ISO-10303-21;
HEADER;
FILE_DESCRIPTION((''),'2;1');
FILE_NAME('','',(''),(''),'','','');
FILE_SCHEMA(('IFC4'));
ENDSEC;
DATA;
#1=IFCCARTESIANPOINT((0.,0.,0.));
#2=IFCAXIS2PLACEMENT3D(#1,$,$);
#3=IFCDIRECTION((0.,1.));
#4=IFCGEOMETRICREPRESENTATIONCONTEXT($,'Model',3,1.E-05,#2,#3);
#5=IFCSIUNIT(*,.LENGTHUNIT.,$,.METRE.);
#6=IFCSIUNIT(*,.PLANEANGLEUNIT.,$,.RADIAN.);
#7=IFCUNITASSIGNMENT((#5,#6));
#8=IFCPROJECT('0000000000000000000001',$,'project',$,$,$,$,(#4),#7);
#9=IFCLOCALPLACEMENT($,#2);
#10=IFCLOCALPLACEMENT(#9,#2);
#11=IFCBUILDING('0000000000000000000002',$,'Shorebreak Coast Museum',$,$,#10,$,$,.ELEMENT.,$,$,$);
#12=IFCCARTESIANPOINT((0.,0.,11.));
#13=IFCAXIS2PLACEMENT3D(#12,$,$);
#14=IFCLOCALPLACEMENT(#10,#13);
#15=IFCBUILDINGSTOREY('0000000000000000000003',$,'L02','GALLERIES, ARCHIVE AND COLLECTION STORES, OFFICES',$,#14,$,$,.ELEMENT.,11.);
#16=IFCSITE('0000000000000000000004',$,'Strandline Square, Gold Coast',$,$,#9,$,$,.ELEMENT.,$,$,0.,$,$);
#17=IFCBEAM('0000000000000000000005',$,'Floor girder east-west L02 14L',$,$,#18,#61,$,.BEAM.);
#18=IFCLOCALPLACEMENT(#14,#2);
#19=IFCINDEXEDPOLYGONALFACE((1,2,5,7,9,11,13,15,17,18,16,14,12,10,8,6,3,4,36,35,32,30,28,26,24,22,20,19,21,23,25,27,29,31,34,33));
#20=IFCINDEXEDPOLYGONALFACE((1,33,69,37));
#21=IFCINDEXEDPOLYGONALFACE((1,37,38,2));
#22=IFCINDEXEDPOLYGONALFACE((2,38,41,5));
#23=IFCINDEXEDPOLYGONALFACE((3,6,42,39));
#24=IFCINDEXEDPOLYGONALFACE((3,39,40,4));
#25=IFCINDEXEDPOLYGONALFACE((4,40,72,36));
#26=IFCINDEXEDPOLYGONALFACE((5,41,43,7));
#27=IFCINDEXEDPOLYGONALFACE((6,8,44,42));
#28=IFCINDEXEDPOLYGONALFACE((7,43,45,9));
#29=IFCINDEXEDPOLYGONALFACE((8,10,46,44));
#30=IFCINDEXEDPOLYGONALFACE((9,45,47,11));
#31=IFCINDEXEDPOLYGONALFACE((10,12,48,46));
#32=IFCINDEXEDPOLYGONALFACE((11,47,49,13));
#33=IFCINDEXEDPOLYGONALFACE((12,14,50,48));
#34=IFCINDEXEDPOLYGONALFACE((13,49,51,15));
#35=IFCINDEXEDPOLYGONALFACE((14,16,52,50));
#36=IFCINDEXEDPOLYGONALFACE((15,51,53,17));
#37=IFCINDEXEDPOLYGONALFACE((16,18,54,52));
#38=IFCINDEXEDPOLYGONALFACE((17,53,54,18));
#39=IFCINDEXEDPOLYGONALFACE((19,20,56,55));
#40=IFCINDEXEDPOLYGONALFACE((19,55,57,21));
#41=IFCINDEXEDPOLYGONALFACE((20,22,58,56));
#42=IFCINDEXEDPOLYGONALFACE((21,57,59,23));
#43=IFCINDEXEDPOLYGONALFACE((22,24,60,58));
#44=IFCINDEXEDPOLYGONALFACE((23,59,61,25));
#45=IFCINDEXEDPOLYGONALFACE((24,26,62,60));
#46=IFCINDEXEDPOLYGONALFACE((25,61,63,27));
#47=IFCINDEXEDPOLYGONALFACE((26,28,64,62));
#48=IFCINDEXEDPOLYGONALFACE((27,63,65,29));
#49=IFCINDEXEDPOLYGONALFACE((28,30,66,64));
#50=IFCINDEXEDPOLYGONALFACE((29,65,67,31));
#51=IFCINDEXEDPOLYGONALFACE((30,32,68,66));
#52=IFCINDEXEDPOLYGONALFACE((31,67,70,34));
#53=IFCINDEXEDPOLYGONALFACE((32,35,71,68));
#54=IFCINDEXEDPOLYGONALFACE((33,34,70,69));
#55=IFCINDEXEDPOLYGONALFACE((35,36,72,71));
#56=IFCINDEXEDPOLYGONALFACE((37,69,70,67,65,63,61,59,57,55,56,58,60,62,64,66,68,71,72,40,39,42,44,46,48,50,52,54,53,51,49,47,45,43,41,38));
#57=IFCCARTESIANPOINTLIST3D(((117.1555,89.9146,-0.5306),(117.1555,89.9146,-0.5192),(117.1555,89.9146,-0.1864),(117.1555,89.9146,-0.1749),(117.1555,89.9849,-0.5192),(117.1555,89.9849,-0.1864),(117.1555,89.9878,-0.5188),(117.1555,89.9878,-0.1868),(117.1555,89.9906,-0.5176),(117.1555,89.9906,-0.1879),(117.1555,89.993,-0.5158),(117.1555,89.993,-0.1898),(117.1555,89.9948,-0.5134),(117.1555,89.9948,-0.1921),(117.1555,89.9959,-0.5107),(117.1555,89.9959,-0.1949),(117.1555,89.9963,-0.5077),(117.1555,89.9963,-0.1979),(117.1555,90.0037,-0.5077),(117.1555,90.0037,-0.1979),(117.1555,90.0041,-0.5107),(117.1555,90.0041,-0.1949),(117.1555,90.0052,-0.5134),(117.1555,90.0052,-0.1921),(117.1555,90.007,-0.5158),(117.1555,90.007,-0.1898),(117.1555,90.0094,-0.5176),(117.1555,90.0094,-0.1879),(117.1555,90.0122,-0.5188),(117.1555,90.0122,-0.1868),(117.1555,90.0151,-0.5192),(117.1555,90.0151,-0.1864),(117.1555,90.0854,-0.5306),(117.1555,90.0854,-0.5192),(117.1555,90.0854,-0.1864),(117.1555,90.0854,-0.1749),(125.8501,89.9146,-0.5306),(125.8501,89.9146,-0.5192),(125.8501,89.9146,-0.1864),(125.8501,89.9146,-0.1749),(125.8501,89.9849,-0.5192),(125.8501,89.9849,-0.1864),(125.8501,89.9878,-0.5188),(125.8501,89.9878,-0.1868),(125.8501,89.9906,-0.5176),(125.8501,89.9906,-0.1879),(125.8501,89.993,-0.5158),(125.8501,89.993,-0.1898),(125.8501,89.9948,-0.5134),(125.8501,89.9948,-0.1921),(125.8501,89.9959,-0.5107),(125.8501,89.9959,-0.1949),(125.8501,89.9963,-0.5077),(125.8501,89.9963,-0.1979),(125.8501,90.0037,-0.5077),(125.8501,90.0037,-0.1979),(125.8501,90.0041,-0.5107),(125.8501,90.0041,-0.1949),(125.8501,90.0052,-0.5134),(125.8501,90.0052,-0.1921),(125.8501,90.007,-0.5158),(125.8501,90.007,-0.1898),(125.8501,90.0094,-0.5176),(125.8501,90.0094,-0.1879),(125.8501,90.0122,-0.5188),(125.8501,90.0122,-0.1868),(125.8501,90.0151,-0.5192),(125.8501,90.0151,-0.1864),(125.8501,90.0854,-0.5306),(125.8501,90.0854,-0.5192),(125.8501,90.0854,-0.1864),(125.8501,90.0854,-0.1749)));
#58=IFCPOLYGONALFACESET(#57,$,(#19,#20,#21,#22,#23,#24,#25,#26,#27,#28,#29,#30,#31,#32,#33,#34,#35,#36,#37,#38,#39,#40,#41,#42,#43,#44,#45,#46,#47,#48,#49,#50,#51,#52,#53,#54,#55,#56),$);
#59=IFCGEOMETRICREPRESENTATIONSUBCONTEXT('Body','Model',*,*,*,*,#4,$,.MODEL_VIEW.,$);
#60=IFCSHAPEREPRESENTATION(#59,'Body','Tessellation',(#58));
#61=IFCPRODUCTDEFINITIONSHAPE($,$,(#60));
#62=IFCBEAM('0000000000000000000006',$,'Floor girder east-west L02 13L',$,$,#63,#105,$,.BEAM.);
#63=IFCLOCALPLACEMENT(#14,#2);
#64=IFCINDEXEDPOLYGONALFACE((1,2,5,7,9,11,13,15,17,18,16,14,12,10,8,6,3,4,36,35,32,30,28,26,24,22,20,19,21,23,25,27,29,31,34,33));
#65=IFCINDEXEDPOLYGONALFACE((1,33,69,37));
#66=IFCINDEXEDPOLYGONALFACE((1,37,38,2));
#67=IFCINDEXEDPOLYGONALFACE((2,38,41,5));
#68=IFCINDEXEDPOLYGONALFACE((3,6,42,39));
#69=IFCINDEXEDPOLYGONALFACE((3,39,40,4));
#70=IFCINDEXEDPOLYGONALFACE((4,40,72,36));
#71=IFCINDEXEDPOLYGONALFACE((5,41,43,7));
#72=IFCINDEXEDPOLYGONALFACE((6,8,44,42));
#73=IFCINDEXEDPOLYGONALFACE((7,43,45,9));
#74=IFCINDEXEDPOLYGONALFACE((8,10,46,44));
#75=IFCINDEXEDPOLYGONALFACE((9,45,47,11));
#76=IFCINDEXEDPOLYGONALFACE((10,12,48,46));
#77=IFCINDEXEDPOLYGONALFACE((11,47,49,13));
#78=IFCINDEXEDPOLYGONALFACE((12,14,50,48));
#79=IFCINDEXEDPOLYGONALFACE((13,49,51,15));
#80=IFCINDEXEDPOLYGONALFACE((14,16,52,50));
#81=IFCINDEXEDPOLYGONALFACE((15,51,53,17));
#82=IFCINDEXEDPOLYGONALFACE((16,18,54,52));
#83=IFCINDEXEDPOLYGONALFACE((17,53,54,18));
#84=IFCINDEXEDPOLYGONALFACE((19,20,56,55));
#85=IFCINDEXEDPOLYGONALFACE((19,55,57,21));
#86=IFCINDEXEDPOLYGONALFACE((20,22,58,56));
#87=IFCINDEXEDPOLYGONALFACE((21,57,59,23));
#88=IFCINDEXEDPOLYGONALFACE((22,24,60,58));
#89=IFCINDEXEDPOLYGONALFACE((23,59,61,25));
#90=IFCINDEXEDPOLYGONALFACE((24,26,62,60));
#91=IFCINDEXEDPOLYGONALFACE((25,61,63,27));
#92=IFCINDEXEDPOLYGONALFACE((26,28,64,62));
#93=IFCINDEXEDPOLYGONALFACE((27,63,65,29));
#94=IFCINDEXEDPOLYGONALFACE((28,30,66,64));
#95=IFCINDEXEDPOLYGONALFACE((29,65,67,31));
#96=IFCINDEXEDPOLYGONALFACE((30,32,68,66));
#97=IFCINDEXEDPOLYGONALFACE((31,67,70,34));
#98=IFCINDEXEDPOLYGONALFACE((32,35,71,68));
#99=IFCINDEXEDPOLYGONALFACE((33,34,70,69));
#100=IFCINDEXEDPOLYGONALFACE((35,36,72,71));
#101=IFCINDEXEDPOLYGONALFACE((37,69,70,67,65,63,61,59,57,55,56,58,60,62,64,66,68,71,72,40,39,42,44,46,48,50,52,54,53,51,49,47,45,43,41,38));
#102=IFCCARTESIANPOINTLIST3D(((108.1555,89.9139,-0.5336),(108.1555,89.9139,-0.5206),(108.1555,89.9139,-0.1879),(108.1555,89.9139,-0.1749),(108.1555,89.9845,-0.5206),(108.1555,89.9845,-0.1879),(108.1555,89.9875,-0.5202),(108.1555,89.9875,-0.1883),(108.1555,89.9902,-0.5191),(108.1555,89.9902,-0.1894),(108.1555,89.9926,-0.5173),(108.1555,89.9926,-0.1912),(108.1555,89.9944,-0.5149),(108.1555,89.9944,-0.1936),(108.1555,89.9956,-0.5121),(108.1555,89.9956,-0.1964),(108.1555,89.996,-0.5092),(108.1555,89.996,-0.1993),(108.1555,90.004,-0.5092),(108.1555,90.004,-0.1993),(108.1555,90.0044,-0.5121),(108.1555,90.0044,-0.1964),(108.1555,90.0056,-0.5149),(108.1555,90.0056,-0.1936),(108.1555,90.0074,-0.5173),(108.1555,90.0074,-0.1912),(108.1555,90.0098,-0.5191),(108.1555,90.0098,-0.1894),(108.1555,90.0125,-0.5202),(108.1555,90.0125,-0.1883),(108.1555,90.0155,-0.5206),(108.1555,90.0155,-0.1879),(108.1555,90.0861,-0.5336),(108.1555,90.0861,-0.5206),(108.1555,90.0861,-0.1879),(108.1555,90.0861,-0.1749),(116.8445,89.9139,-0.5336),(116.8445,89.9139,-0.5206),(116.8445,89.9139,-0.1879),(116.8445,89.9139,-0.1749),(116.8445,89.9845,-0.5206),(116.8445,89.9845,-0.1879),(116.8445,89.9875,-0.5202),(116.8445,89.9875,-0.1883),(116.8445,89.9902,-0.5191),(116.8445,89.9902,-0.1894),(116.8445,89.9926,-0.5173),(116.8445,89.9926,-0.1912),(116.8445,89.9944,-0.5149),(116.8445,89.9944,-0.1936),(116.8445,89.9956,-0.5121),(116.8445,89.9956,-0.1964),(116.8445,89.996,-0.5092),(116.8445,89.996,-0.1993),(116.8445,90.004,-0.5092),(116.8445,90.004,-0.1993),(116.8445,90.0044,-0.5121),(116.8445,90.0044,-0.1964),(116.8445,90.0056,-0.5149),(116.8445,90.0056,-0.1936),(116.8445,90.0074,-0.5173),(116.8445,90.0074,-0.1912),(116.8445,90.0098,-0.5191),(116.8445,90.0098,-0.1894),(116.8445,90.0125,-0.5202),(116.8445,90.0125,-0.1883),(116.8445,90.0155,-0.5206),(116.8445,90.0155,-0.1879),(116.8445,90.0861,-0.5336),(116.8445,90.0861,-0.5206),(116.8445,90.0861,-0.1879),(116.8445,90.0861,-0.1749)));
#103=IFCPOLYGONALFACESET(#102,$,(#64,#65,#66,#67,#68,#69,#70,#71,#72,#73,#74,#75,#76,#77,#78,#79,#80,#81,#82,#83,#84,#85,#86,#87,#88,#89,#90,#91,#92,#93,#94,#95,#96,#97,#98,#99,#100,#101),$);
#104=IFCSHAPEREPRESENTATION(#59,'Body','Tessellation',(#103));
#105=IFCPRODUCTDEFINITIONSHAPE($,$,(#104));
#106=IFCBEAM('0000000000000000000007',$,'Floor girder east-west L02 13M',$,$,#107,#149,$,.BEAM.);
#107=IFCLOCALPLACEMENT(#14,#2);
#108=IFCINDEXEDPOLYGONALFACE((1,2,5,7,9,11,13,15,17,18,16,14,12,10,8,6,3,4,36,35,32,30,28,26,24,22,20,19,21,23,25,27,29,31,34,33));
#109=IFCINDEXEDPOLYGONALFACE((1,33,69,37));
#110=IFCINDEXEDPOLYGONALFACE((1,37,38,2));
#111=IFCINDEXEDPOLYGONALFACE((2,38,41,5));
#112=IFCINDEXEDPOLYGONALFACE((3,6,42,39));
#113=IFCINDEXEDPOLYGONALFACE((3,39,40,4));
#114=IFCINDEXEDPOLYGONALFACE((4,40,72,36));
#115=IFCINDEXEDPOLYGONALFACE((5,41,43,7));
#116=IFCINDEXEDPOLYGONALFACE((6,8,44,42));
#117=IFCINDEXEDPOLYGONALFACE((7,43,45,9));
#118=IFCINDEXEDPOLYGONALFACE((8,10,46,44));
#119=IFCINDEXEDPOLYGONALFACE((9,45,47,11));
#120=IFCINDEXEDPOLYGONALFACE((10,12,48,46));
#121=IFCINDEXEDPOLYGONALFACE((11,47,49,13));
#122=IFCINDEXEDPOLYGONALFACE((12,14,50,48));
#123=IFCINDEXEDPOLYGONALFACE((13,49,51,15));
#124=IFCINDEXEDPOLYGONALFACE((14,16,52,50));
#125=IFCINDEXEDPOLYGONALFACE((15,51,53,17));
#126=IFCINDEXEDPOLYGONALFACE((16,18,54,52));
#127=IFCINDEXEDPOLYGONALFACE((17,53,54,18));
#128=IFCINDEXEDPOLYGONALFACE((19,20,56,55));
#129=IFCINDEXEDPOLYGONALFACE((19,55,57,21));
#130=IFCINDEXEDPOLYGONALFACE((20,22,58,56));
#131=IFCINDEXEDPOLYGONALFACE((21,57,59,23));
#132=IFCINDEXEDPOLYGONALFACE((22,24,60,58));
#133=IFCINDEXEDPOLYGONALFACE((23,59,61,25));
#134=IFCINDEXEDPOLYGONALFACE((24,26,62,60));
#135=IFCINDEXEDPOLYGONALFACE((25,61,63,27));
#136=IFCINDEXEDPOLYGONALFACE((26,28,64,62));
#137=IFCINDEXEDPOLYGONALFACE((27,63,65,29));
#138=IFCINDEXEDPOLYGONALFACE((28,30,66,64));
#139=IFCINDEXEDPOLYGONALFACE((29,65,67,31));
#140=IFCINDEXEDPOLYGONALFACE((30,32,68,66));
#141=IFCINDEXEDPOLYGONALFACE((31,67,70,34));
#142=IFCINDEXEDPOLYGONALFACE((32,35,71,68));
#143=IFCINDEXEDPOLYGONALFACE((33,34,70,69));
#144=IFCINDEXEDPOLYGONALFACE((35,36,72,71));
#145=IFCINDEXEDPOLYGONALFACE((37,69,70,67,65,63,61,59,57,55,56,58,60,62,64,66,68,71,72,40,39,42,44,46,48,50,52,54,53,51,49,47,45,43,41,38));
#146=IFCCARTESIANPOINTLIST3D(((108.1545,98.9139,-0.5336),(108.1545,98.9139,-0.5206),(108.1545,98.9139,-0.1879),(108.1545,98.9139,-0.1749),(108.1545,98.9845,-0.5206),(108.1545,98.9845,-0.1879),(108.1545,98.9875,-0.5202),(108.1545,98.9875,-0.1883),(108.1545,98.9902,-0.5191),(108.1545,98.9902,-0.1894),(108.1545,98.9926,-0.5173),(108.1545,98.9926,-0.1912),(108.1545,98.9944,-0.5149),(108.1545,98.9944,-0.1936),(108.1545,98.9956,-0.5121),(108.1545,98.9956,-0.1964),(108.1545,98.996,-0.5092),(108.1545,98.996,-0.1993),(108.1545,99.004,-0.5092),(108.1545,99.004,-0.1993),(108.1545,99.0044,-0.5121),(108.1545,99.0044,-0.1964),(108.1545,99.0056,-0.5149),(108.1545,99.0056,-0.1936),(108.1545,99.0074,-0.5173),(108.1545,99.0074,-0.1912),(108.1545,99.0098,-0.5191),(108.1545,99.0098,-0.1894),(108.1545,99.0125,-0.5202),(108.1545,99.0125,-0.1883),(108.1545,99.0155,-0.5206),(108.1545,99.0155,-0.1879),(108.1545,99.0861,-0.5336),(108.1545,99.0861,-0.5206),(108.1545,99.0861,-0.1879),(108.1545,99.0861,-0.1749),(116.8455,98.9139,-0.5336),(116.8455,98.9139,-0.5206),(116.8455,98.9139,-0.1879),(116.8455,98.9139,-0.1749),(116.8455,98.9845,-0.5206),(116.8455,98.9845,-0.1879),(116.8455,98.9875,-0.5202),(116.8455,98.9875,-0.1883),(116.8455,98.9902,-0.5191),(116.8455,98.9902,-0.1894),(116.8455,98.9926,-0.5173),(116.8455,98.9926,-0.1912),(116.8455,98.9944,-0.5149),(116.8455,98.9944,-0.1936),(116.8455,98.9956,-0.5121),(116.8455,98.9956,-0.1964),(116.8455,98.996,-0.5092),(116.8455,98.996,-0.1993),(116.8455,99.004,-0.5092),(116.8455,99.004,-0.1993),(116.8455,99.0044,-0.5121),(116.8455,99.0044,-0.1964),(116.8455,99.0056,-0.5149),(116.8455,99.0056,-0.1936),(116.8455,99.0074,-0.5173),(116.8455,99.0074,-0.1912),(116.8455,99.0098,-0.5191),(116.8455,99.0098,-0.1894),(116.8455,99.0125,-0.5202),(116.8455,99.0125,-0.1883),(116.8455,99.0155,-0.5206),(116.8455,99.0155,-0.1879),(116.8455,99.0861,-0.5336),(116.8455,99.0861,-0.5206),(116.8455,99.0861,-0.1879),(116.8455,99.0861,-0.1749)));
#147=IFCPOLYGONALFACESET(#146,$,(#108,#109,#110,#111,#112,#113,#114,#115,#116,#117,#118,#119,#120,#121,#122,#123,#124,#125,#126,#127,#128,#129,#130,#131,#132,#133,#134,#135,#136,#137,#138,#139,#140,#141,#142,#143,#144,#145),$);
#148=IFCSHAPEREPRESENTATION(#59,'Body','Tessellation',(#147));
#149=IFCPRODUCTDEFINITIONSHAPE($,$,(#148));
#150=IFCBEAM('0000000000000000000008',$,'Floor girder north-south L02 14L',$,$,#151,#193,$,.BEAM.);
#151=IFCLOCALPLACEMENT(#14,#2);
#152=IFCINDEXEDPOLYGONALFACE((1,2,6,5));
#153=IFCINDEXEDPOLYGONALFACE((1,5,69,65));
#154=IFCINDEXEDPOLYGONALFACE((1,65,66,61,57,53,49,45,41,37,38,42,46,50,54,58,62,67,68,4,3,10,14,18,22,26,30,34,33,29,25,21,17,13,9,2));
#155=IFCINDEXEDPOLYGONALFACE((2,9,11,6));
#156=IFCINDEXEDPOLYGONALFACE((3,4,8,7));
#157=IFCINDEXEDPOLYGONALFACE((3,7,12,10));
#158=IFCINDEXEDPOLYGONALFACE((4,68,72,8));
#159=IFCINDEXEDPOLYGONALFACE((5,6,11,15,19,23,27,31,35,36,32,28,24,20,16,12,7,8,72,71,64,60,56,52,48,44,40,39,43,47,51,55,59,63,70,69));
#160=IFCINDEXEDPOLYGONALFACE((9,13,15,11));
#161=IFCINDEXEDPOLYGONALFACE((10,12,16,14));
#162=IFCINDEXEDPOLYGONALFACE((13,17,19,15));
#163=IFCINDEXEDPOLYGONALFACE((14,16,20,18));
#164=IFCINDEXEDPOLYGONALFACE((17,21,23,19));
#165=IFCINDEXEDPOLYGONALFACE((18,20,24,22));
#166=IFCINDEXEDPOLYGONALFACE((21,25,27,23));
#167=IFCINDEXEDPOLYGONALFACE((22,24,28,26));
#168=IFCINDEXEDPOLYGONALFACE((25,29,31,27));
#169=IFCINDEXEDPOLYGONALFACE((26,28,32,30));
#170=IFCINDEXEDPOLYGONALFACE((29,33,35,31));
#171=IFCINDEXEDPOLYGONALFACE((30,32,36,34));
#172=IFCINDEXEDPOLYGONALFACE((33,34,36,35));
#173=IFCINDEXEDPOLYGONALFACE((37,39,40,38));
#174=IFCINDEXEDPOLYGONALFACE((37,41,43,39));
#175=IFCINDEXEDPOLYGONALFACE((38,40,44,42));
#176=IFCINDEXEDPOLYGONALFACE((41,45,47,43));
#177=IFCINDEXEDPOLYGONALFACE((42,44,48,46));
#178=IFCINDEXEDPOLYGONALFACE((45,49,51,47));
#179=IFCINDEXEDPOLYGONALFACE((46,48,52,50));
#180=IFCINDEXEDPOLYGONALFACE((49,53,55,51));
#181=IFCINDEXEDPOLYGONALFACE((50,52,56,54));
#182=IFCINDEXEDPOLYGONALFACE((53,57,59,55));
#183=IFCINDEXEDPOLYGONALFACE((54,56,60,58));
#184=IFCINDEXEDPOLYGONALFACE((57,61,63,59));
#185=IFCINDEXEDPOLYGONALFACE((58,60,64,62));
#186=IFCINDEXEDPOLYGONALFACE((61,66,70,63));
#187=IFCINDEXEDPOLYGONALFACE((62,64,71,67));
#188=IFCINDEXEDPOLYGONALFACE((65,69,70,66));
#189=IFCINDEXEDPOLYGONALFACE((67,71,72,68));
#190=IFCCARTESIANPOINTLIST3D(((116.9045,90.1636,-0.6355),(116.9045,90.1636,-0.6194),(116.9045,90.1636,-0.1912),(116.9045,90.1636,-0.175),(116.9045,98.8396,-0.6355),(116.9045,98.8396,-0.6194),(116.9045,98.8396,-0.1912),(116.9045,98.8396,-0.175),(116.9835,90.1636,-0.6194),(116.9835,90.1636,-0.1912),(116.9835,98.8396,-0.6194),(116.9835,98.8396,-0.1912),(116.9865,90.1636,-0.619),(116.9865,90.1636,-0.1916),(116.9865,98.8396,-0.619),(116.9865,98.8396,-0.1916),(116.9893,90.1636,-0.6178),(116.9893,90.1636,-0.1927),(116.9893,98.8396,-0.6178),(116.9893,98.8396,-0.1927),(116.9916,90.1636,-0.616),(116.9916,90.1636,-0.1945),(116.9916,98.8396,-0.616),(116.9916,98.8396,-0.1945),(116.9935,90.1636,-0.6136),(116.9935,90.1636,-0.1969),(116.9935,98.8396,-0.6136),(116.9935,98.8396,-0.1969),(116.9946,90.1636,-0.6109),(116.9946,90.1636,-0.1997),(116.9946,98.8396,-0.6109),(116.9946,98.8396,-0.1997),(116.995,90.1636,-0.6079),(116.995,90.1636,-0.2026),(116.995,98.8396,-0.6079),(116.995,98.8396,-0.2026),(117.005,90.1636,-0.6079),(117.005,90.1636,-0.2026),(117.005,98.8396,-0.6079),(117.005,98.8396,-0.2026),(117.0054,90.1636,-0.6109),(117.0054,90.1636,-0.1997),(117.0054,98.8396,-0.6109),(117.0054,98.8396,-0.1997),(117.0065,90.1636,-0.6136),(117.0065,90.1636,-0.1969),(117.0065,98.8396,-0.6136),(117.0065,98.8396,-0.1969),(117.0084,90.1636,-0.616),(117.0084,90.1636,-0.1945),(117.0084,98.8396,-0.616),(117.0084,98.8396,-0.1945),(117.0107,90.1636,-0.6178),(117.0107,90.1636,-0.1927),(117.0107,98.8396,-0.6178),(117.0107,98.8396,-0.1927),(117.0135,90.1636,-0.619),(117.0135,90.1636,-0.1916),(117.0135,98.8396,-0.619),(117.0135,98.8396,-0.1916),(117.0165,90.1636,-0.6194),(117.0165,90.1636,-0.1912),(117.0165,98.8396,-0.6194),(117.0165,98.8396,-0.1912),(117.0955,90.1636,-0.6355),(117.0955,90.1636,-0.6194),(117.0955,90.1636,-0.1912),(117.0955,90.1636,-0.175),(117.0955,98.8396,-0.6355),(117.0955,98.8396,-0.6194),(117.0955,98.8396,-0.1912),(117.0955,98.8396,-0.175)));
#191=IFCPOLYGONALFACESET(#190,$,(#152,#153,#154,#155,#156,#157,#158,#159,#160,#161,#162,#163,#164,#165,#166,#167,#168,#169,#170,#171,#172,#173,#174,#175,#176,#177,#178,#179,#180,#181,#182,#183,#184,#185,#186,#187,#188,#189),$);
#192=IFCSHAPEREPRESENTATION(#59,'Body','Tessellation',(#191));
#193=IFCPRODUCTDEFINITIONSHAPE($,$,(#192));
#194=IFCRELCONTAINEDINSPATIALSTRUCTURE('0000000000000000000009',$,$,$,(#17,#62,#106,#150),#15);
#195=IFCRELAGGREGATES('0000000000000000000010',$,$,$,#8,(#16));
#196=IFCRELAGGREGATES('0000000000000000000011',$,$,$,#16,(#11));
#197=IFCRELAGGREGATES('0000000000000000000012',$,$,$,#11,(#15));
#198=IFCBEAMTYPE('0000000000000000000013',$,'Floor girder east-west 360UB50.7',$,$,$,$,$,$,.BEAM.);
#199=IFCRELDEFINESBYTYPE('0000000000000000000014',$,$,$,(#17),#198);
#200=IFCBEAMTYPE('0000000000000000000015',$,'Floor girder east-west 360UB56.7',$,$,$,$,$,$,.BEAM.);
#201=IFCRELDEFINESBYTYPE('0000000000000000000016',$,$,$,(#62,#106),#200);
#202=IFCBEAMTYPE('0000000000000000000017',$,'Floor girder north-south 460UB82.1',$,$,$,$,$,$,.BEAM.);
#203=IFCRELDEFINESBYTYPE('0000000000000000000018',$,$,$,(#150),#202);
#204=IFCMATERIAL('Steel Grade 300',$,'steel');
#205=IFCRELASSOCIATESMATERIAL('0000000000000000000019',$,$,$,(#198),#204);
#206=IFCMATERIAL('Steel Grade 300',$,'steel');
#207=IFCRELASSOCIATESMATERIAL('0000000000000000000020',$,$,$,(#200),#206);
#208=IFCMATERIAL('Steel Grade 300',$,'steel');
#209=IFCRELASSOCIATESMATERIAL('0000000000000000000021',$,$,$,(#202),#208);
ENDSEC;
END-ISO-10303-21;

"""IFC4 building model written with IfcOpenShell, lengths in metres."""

from ifc_helpers import new_model, si_unit, direction, frame, origin, origin_2d, place, context, subcontext, project, spatial, i_section, extrude, material, material_profile, profile_set, type_object, element, save


model = new_model("IFC4")

# Units and contexts
model_context = context("Model", 3, precision=1e-05, world=origin(), true_north=direction((0.0, 1.0)))
body_context = subcontext(model_context, "Body", "Model", "MODEL_VIEW")
ifc_project = project(units=[si_unit("LENGTHUNIT", "METRE"), si_unit("PLANEANGLEUNIT", "RADIAN")], contexts=[model_context])

# Site, building, storey
site_placement = place(None, origin())
site = spatial("IfcSite", under=ifc_project, at=site_placement, Name="Strandline Square, Gold Coast", CompositionType="ELEMENT", RefElevation=0.0)
building_placement = place(site_placement, origin())
building = spatial("IfcBuilding", under=site, at=building_placement, Name="Shorebreak Coast Museum", CompositionType="ELEMENT")
storey_placement = place(building_placement, frame((0.0, 0.0, 11.0)))
storey = spatial("IfcBuildingStorey", under=building, at=storey_placement, Name="L02", Description="GALLERIES, ARCHIVE AND COLLECTION STORES, OFFICES", CompositionType="ELEMENT", Elevation=11.0)

# Beams
ifc_material_1 = material(Name="Steel Grade 300", Category="steel")
ifc_material_profile_1 = material_profile(ifc_material_1, i_section(OverallWidth=0.1709, OverallDepth=0.3557, WebThickness=0.0073, FlangeThickness=0.0115, FilletRadius=0.0115, at=origin_2d()), Name="360UB50.7")
ifc_profile_set_1 = profile_set([ifc_material_profile_1], Name="Steel Grade 300")
beam_type_1 = type_object("IfcBeamType", Name="Floor girder east-west 360UB50.7", PredefinedType="BEAM", material=ifc_profile_set_1)
beam_1_placement = place(storey_placement, frame((117.1555, 90.0, -0.3528), z_axis=(1.0, 0.0, 0.0), x_axis=(0.0, 1.0, 0.0)))
element("IfcBeam", 1, at=beam_1_placement, inside=storey, type_object=beam_type_1, Name="Floor girder east-west L02 14L", PredefinedType="BEAM", context=body_context, shape_type="SweptSolid", body=[
    extrude(i_section(OverallWidth=0.1709, OverallDepth=0.3557, WebThickness=0.0073, FlangeThickness=0.0115, FilletRadius=0.0115, at=origin_2d()), origin(), (0.0, 0.0, 1.0), 8.6946),
])
ifc_material_2 = material(Name="Steel Grade 300", Category="steel")
ifc_material_profile_2 = material_profile(ifc_material_2, i_section(OverallWidth=0.1721, OverallDepth=0.3586, WebThickness=0.0081, FlangeThickness=0.0129, FilletRadius=0.0115, at=origin_2d()), Name="360UB56.7")
ifc_profile_set_2 = profile_set([ifc_material_profile_2], Name="Steel Grade 300")
beam_type_2 = type_object("IfcBeamType", Name="Floor girder east-west 360UB56.7", PredefinedType="BEAM", material=ifc_profile_set_2)
beam_2_placement = place(storey_placement, frame((108.1555, 90.0, -0.3542), z_axis=(1.0, 0.0, 0.0), x_axis=(0.0, 1.0, 0.0)))
element("IfcBeam", 2, at=beam_2_placement, inside=storey, type_object=beam_type_2, Name="Floor girder east-west L02 13L", PredefinedType="BEAM", context=body_context, shape_type="SweptSolid", body=[
    extrude(i_section(OverallWidth=0.1721, OverallDepth=0.3586, WebThickness=0.0081, FlangeThickness=0.0129, FilletRadius=0.0115, at=origin_2d()), origin(), (0.0, 0.0, 1.0), 8.689),
])
beam_3_placement = place(storey_placement, frame((108.1545, 99.0, -0.3542), z_axis=(1.0, 0.0, 0.0), x_axis=(0.0, 1.0, 0.0)))
element("IfcBeam", 3, at=beam_3_placement, inside=storey, type_object=beam_type_2, Name="Floor girder east-west L02 13M", PredefinedType="BEAM", context=body_context, shape_type="SweptSolid", body=[
    extrude(i_section(OverallWidth=0.1721, OverallDepth=0.3586, WebThickness=0.0081, FlangeThickness=0.0129, FilletRadius=0.0115, at=origin_2d()), origin(), (0.0, 0.0, 1.0), 8.6909),
])
ifc_material_3 = material(Name="Steel Grade 300", Category="steel")
ifc_material_profile_3 = material_profile(ifc_material_3, i_section(OverallWidth=0.1909, OverallDepth=0.4604, WebThickness=0.01, FlangeThickness=0.0161, FilletRadius=0.0115, at=origin_2d()), Name="460UB82.1")
ifc_profile_set_3 = profile_set([ifc_material_profile_3], Name="Steel Grade 300")
beam_type_3 = type_object("IfcBeamType", Name="Floor girder north-south 460UB82.1", PredefinedType="BEAM", material=ifc_profile_set_3)
beam_4_placement = place(storey_placement, frame((117.0, 90.1636, -0.4053), z_axis=(0.0, 1.0, 0.0), x_axis=(-1.0, 0.0, 0.0)))
element("IfcBeam", 4, at=beam_4_placement, inside=storey, type_object=beam_type_3, Name="Floor girder north-south L02 14L", PredefinedType="BEAM", context=body_context, shape_type="SweptSolid", body=[
    extrude(i_section(OverallWidth=0.1909, OverallDepth=0.4604, WebThickness=0.01, FlangeThickness=0.0161, FilletRadius=0.0115, at=origin_2d()), origin(), (0.0, 0.0, 1.0), 8.676),
])

save(model, "model.ifc")
